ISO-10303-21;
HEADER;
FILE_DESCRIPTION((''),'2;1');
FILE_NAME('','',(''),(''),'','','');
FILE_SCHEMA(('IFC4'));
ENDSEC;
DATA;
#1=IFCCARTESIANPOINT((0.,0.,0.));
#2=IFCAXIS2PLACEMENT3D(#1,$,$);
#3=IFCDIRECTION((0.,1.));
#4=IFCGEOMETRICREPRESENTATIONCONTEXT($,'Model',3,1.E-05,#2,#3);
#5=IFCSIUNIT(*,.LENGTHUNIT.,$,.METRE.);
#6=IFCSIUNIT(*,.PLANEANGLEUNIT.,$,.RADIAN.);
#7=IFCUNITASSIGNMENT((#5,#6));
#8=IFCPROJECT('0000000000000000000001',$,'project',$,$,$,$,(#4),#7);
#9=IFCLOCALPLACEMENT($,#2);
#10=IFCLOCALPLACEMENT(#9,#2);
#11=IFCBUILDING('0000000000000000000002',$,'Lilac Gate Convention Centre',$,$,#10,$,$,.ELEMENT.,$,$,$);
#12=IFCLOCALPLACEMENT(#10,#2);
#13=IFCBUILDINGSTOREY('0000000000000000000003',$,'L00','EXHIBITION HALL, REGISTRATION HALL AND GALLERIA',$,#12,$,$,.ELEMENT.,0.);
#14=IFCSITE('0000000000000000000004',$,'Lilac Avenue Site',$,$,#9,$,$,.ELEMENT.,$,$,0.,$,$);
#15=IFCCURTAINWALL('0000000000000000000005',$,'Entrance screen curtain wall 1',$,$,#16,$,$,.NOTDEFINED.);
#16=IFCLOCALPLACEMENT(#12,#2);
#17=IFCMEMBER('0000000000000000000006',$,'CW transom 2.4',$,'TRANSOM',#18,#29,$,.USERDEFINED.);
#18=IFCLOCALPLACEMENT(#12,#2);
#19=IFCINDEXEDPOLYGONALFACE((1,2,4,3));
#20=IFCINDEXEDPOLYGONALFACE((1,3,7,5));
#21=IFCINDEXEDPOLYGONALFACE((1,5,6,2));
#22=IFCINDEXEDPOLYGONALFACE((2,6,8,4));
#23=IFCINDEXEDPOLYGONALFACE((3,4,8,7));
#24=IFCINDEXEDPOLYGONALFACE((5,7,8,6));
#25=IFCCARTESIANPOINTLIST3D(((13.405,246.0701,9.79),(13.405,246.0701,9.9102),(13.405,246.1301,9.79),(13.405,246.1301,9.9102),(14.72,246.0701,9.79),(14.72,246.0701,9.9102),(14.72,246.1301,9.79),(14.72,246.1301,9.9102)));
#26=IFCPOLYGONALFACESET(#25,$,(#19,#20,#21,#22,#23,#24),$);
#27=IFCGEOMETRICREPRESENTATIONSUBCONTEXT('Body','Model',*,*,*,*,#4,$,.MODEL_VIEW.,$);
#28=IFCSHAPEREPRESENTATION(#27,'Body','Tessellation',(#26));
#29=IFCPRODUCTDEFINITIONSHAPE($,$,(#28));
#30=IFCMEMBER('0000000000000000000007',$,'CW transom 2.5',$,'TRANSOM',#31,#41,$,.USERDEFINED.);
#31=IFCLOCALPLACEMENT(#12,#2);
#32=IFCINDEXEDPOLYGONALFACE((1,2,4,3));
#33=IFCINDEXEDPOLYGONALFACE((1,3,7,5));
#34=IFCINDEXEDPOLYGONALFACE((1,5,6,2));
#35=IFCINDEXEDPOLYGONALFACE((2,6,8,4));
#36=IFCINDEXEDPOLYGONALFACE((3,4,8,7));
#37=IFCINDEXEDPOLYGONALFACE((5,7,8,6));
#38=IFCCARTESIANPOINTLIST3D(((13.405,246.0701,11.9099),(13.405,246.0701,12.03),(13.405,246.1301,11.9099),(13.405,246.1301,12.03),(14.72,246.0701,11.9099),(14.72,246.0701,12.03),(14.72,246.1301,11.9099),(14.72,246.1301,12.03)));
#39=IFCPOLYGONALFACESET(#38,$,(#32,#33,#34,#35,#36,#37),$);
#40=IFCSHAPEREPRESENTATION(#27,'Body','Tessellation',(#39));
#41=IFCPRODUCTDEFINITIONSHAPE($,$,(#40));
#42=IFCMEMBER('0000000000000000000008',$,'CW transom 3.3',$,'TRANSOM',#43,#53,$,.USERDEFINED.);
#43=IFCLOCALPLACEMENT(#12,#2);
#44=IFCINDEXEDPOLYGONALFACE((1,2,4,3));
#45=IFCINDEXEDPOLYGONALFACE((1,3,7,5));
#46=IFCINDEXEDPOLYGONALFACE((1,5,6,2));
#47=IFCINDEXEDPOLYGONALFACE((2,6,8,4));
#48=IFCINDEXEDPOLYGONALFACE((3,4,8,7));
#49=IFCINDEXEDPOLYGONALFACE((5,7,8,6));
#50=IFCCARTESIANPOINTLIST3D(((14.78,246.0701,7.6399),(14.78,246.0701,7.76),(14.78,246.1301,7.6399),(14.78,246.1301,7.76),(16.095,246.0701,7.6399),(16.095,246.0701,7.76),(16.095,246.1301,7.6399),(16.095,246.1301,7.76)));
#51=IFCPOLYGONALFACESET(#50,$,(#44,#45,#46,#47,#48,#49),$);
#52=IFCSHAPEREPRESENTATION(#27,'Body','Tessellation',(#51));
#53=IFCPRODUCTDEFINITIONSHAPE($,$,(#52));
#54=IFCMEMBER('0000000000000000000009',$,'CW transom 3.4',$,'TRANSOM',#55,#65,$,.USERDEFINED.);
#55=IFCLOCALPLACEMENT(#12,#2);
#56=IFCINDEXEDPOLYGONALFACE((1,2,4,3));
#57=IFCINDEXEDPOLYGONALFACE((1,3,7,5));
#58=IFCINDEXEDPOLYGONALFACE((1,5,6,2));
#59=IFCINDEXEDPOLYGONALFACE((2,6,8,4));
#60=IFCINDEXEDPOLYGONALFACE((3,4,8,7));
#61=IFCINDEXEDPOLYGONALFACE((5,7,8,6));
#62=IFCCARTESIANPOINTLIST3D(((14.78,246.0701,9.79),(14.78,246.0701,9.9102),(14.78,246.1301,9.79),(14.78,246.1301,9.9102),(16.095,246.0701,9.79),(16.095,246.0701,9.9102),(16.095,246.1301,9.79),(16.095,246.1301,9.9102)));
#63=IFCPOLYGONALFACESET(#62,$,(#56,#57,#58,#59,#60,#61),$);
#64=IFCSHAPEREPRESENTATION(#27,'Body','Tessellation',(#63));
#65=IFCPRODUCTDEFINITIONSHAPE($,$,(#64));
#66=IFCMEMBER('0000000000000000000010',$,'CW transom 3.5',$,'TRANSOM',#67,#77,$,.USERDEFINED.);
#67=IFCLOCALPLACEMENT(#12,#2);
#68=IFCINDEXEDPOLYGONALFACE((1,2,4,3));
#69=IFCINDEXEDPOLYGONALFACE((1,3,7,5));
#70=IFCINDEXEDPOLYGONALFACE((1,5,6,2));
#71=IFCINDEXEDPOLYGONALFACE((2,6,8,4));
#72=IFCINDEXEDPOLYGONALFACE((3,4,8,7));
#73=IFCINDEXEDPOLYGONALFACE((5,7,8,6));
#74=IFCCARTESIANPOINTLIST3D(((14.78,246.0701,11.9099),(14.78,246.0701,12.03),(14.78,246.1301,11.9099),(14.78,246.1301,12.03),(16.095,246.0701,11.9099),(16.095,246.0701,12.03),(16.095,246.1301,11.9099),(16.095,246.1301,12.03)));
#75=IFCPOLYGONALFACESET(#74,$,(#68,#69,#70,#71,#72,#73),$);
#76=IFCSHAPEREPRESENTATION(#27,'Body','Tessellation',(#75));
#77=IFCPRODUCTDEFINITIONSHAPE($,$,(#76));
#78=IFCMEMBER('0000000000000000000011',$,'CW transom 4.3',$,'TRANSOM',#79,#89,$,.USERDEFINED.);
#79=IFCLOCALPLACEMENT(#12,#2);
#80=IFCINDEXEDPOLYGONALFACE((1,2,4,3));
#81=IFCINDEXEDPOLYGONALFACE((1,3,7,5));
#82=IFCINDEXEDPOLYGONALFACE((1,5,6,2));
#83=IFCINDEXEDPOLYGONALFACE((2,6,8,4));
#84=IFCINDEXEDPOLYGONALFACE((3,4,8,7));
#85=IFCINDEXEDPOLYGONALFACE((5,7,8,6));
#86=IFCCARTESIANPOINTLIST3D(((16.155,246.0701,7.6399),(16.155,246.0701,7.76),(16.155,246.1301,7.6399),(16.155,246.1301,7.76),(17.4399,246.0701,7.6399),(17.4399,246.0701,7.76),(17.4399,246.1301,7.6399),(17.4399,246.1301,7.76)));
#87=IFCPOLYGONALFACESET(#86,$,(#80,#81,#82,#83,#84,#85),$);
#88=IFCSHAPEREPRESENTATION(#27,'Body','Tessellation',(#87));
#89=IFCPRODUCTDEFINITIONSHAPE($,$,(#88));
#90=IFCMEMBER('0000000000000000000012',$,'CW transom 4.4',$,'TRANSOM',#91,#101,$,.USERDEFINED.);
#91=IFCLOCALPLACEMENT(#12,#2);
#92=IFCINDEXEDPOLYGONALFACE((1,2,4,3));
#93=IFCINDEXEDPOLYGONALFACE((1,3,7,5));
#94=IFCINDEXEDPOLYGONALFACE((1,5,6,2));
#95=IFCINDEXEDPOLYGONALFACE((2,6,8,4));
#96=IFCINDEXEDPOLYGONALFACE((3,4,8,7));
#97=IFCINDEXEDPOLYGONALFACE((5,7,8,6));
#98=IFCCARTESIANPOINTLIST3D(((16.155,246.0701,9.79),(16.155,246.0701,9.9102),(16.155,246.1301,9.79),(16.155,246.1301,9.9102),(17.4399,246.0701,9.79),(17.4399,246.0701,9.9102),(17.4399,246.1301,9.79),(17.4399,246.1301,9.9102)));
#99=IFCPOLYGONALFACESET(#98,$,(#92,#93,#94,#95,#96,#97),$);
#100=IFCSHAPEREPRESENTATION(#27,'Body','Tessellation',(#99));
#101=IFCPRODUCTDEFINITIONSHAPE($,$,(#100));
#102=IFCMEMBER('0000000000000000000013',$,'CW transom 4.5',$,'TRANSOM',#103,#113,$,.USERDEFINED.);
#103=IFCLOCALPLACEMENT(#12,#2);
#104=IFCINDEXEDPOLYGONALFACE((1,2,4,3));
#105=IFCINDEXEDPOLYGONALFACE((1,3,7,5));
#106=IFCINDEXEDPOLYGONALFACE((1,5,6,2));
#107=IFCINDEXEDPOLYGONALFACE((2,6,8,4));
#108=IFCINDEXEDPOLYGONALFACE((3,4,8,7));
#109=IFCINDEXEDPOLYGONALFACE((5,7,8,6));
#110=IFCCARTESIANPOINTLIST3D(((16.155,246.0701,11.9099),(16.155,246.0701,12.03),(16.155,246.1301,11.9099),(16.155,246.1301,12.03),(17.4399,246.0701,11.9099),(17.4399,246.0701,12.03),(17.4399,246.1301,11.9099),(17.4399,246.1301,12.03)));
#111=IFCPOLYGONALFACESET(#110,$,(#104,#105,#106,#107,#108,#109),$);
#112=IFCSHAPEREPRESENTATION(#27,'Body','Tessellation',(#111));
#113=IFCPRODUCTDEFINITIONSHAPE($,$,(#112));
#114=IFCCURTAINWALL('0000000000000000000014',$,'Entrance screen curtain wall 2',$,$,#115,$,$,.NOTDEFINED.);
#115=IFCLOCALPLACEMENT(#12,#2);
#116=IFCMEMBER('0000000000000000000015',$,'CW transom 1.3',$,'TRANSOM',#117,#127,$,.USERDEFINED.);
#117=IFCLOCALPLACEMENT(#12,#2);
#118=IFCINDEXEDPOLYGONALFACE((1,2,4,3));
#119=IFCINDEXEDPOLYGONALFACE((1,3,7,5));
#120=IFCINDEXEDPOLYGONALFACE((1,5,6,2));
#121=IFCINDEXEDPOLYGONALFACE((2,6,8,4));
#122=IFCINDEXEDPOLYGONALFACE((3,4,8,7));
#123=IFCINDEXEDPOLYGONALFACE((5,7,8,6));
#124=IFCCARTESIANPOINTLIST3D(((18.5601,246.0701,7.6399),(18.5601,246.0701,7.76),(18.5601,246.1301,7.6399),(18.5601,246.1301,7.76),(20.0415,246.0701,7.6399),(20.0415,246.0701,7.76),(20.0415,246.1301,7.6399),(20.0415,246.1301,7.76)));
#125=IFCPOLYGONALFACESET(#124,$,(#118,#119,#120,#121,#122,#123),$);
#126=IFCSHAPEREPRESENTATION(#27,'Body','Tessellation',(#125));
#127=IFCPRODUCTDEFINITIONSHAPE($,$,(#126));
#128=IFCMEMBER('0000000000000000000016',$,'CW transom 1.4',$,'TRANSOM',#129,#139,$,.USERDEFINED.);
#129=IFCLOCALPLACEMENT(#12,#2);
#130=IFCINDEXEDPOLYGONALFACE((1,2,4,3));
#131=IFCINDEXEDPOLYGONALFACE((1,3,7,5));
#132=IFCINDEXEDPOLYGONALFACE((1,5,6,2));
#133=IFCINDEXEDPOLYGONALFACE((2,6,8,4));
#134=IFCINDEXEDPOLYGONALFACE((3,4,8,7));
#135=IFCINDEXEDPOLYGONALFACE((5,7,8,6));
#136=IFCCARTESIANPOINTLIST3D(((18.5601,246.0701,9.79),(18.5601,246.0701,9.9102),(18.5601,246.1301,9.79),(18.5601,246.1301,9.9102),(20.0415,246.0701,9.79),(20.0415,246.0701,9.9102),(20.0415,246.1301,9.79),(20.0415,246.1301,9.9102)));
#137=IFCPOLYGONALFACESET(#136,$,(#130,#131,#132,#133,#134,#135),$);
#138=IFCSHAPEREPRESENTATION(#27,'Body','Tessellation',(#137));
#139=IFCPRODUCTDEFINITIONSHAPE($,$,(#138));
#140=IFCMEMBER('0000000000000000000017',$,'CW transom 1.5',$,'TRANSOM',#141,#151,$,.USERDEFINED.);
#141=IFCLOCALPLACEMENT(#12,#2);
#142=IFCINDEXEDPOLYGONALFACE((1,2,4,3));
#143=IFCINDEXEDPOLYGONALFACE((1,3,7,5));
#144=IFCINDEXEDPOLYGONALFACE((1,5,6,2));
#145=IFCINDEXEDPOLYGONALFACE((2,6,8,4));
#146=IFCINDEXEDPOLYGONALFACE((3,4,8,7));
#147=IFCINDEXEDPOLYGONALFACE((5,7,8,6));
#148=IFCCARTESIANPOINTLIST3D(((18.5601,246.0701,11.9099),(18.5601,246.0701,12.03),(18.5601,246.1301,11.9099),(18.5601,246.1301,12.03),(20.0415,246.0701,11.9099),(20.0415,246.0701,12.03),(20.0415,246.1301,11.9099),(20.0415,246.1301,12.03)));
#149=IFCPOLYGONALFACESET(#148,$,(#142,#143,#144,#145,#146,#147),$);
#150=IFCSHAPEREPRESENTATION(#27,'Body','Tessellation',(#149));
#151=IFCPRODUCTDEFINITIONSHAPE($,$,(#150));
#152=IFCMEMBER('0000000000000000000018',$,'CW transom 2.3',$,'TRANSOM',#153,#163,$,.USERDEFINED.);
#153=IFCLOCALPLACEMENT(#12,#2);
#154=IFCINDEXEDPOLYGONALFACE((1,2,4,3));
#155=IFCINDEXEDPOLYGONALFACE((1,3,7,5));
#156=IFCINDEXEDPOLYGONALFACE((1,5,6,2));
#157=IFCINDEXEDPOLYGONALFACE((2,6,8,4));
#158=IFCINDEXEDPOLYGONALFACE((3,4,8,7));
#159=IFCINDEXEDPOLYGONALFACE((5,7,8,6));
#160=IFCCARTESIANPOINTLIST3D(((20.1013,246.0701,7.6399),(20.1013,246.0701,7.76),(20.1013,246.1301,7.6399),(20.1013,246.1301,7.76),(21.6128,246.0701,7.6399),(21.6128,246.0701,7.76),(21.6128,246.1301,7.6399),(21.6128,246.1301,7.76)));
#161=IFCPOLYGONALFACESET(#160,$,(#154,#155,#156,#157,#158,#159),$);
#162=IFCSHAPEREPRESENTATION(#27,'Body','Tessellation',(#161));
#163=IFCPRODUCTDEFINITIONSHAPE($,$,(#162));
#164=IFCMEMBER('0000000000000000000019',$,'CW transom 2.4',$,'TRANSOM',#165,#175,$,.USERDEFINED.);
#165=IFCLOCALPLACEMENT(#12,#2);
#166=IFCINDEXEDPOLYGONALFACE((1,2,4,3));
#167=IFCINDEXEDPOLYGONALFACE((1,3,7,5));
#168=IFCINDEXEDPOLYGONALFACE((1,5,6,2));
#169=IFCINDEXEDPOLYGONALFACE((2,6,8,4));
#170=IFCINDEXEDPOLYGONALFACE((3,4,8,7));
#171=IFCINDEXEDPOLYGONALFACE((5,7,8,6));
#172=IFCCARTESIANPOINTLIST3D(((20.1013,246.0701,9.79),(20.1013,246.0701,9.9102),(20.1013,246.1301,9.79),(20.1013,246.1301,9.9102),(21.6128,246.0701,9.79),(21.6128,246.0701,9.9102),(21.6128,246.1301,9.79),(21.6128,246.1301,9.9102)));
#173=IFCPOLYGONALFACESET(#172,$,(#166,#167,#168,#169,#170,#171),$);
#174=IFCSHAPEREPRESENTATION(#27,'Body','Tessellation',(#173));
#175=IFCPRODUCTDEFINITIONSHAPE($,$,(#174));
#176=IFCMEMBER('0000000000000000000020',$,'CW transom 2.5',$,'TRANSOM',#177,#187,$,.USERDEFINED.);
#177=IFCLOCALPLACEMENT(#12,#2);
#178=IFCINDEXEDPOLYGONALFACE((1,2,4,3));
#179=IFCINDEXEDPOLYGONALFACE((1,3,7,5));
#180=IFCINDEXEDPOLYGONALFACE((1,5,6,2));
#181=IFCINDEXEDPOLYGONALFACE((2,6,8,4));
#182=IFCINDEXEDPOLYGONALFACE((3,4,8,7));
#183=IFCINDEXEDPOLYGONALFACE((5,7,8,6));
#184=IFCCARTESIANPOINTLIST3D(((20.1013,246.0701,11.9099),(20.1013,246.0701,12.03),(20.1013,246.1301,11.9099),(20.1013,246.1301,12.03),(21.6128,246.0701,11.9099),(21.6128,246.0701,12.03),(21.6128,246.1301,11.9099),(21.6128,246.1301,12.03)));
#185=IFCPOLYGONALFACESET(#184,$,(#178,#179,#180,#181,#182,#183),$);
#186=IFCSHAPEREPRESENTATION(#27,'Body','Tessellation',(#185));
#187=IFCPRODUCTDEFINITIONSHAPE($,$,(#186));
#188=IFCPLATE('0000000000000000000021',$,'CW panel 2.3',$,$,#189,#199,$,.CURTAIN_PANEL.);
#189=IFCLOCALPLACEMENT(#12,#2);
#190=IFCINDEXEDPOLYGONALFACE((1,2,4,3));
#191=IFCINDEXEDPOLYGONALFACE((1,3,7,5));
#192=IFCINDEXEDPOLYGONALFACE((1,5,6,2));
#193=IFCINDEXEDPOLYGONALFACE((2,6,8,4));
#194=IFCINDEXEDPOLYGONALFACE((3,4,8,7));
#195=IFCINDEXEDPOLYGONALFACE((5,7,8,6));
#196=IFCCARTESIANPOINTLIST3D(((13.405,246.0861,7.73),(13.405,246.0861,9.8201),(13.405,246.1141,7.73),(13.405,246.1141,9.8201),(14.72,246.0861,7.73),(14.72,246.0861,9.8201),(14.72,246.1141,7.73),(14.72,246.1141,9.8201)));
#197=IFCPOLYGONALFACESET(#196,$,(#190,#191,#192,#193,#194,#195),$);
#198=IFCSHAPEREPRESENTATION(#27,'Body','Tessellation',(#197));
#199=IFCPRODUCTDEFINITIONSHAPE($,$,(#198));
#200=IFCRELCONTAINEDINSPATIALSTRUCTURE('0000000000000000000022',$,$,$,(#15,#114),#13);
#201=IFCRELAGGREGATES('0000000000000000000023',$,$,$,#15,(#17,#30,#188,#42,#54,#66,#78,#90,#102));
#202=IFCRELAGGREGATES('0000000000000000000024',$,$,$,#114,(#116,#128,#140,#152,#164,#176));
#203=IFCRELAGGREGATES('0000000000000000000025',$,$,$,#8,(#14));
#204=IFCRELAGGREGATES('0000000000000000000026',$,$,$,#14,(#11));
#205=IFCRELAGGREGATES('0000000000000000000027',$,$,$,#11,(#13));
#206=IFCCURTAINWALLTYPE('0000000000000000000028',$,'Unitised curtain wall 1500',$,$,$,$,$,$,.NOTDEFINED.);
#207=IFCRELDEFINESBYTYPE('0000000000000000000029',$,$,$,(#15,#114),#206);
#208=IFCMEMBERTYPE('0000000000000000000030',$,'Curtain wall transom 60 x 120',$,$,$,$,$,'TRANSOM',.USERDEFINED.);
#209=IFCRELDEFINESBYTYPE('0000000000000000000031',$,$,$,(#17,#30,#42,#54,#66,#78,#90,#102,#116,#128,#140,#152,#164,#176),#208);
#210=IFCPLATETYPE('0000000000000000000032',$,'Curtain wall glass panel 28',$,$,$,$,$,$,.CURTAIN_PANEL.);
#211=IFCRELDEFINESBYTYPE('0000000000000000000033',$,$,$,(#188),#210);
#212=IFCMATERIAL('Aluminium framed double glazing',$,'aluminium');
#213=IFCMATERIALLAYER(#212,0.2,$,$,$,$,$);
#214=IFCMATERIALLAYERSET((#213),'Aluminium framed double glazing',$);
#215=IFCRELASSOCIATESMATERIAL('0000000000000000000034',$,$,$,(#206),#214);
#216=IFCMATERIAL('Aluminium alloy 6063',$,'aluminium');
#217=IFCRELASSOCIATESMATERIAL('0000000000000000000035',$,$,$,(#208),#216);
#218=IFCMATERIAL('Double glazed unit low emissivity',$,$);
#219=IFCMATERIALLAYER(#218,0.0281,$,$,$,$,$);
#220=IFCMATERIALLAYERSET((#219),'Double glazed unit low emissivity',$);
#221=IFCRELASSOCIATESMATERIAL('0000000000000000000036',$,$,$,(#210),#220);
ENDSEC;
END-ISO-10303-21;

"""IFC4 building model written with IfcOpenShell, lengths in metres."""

from ifc_helpers import new_model, si_unit, direction, frame, origin, origin_2d, place, context, subcontext, project, spatial, rectangle, extrude, material, layer, layer_set, material_profile, profile_set, type_object, element, aggregate, save


model = new_model("IFC4")

# Units and contexts
model_context = context("Model", 3, precision=1e-05, world=origin(), true_north=direction((0.0, 1.0)))
body_context = subcontext(model_context, "Body", "Model", "MODEL_VIEW")
ifc_project = project(units=[si_unit("LENGTHUNIT", "METRE"), si_unit("PLANEANGLEUNIT", "RADIAN")], contexts=[model_context])

# Site, building, storey
site_placement = place(None, origin())
site = spatial("IfcSite", under=ifc_project, at=site_placement, Name="Lilac Avenue Site", CompositionType="ELEMENT", RefElevation=0.0)
building_placement = place(site_placement, origin())
building = spatial("IfcBuilding", under=site, at=building_placement, Name="Lilac Gate Convention Centre", CompositionType="ELEMENT")
storey_placement = place(building_placement, origin())
storey = spatial("IfcBuildingStorey", under=building, at=storey_placement, Name="L00", Description="EXHIBITION HALL, REGISTRATION HALL AND GALLERIA", CompositionType="ELEMENT", Elevation=0.0)

# Curtain walls, members
ifc_material_1 = material(Name="Aluminium framed double glazing", Category="aluminium")
ifc_layer_1 = layer(ifc_material_1, 0.2)
ifc_layer_set_1 = layer_set([ifc_layer_1], Name="Aluminium framed double glazing")
curtain_wall_type = type_object("IfcCurtainWallType", Name="Unitised curtain wall 1500", PredefinedType="NOTDEFINED", material=ifc_layer_set_1)
curtain_wall_1_placement = place(storey_placement, origin())
curtain_wall_1 = element("IfcCurtainWall", 1, at=curtain_wall_1_placement, inside=storey, type_object=curtain_wall_type, Name="Entrance screen curtain wall 1", PredefinedType="NOTDEFINED")
ifc_material_2 = material(Name="Aluminium alloy 6063", Category="aluminium")
ifc_material_profile = material_profile(ifc_material_2, rectangle(XDim=0.0601, YDim=0.1201, at=origin_2d()), Name="Curtain wall transom 60 x 120")
ifc_profile_set = profile_set([ifc_material_profile], Name="Aluminium alloy 6063")
member_type = type_object("IfcMemberType", Name="Curtain wall transom 60 x 120", ElementType="TRANSOM", PredefinedType="USERDEFINED", material=ifc_profile_set)
member_1_placement = place(storey_placement, frame((13.405, 246.1001, 9.8501), z_axis=(1.0, 0.0, 0.0), x_axis=(0.0, 1.0, 0.0)))
member_1 = element("IfcMember", 2, at=member_1_placement, type_object=member_type, Name="CW transom 2.4", ObjectType="TRANSOM", PredefinedType="USERDEFINED", context=body_context, shape_type="SweptSolid", body=[
    extrude(rectangle(XDim=0.0601, YDim=0.1201, at=origin_2d()), origin(), (0.0, 0.0, 1.0), 1.3149),
])
member_2_placement = place(storey_placement, frame((13.405, 246.1001, 11.97), z_axis=(1.0, 0.0, 0.0), x_axis=(0.0, 1.0, 0.0)))
member_2 = element("IfcMember", 3, at=member_2_placement, type_object=member_type, Name="CW transom 2.5", ObjectType="TRANSOM", PredefinedType="USERDEFINED", context=body_context, shape_type="SweptSolid", body=[
    extrude(rectangle(XDim=0.0601, YDim=0.1201, at=origin_2d()), origin(), (0.0, 0.0, 1.0), 1.3149),
])
member_3_placement = place(storey_placement, frame((14.78, 246.1001, 7.7), z_axis=(1.0, 0.0, 0.0), x_axis=(0.0, 1.0, 0.0)))
member_3 = element("IfcMember", 4, at=member_3_placement, type_object=member_type, Name="CW transom 3.3", ObjectType="TRANSOM", PredefinedType="USERDEFINED", context=body_context, shape_type="SweptSolid", body=[
    extrude(rectangle(XDim=0.0601, YDim=0.1201, at=origin_2d()), origin(), (0.0, 0.0, 1.0), 1.3149),
])
member_4_placement = place(storey_placement, frame((14.78, 246.1001, 9.8501), z_axis=(1.0, 0.0, 0.0), x_axis=(0.0, 1.0, 0.0)))
member_4 = element("IfcMember", 5, at=member_4_placement, type_object=member_type, Name="CW transom 3.4", ObjectType="TRANSOM", PredefinedType="USERDEFINED", context=body_context, shape_type="SweptSolid", body=[
    extrude(rectangle(XDim=0.0601, YDim=0.1201, at=origin_2d()), origin(), (0.0, 0.0, 1.0), 1.3149),
])
member_5_placement = place(storey_placement, frame((14.78, 246.1001, 11.97), z_axis=(1.0, 0.0, 0.0), x_axis=(0.0, 1.0, 0.0)))
member_5 = element("IfcMember", 6, at=member_5_placement, type_object=member_type, Name="CW transom 3.5", ObjectType="TRANSOM", PredefinedType="USERDEFINED", context=body_context, shape_type="SweptSolid", body=[
    extrude(rectangle(XDim=0.0601, YDim=0.1201, at=origin_2d()), origin(), (0.0, 0.0, 1.0), 1.3149),
])
member_6_placement = place(storey_placement, frame((16.155, 246.1001, 7.7), z_axis=(1.0, 0.0, 0.0), x_axis=(0.0, 1.0, 0.0)))
member_6 = element("IfcMember", 7, at=member_6_placement, type_object=member_type, Name="CW transom 4.3", ObjectType="TRANSOM", PredefinedType="USERDEFINED", context=body_context, shape_type="SweptSolid", body=[
    extrude(rectangle(XDim=0.0601, YDim=0.1201, at=origin_2d()), origin(), (0.0, 0.0, 1.0), 1.2849),
])
member_7_placement = place(storey_placement, frame((16.155, 246.1001, 9.8501), z_axis=(1.0, 0.0, 0.0), x_axis=(0.0, 1.0, 0.0)))
member_7 = element("IfcMember", 8, at=member_7_placement, type_object=member_type, Name="CW transom 4.4", ObjectType="TRANSOM", PredefinedType="USERDEFINED", context=body_context, shape_type="SweptSolid", body=[
    extrude(rectangle(XDim=0.0601, YDim=0.1201, at=origin_2d()), origin(), (0.0, 0.0, 1.0), 1.2849),
])
member_8_placement = place(storey_placement, frame((16.155, 246.1001, 11.97), z_axis=(1.0, 0.0, 0.0), x_axis=(0.0, 1.0, 0.0)))
member_8 = element("IfcMember", 9, at=member_8_placement, type_object=member_type, Name="CW transom 4.5", ObjectType="TRANSOM", PredefinedType="USERDEFINED", context=body_context, shape_type="SweptSolid", body=[
    extrude(rectangle(XDim=0.0601, YDim=0.1201, at=origin_2d()), origin(), (0.0, 0.0, 1.0), 1.2849),
])
curtain_wall_2_placement = place(storey_placement, origin())
curtain_wall_2 = element("IfcCurtainWall", 10, at=curtain_wall_2_placement, inside=storey, type_object=curtain_wall_type, Name="Entrance screen curtain wall 2", PredefinedType="NOTDEFINED")
member_9_placement = place(storey_placement, frame((18.5601, 246.1001, 7.7), z_axis=(1.0, 0.0, 0.0), x_axis=(0.0, 1.0, 0.0)))
member_9 = element("IfcMember", 11, at=member_9_placement, type_object=member_type, Name="CW transom 1.3", ObjectType="TRANSOM", PredefinedType="USERDEFINED", context=body_context, shape_type="SweptSolid", body=[
    extrude(rectangle(XDim=0.0601, YDim=0.1201, at=origin_2d()), origin(), (0.0, 0.0, 1.0), 1.4814),
])
member_10_placement = place(storey_placement, frame((18.5601, 246.1001, 9.8501), z_axis=(1.0, 0.0, 0.0), x_axis=(0.0, 1.0, 0.0)))
member_10 = element("IfcMember", 12, at=member_10_placement, type_object=member_type, Name="CW transom 1.4", ObjectType="TRANSOM", PredefinedType="USERDEFINED", context=body_context, shape_type="SweptSolid", body=[
    extrude(rectangle(XDim=0.0601, YDim=0.1201, at=origin_2d()), origin(), (0.0, 0.0, 1.0), 1.4814),
])
member_11_placement = place(storey_placement, frame((18.5601, 246.1001, 11.97), z_axis=(1.0, 0.0, 0.0), x_axis=(0.0, 1.0, 0.0)))
member_11 = element("IfcMember", 13, at=member_11_placement, type_object=member_type, Name="CW transom 1.5", ObjectType="TRANSOM", PredefinedType="USERDEFINED", context=body_context, shape_type="SweptSolid", body=[
    extrude(rectangle(XDim=0.0601, YDim=0.1201, at=origin_2d()), origin(), (0.0, 0.0, 1.0), 1.4814),
])
member_12_placement = place(storey_placement, frame((20.1013, 246.1001, 7.7), z_axis=(1.0, 0.0, 0.0), x_axis=(0.0, 1.0, 0.0)))
member_12 = element("IfcMember", 14, at=member_12_placement, type_object=member_type, Name="CW transom 2.3", ObjectType="TRANSOM", PredefinedType="USERDEFINED", context=body_context, shape_type="SweptSolid", body=[
    extrude(rectangle(XDim=0.0601, YDim=0.1201, at=origin_2d()), origin(), (0.0, 0.0, 1.0), 1.5115),
])
member_13_placement = place(storey_placement, frame((20.1013, 246.1001, 9.8501), z_axis=(1.0, 0.0, 0.0), x_axis=(0.0, 1.0, 0.0)))
member_13 = element("IfcMember", 15, at=member_13_placement, type_object=member_type, Name="CW transom 2.4", ObjectType="TRANSOM", PredefinedType="USERDEFINED", context=body_context, shape_type="SweptSolid", body=[
    extrude(rectangle(XDim=0.0601, YDim=0.1201, at=origin_2d()), origin(), (0.0, 0.0, 1.0), 1.5115),
])
member_14_placement = place(storey_placement, frame((20.1013, 246.1001, 11.97), z_axis=(1.0, 0.0, 0.0), x_axis=(0.0, 1.0, 0.0)))
member_14 = element("IfcMember", 16, at=member_14_placement, type_object=member_type, Name="CW transom 2.5", ObjectType="TRANSOM", PredefinedType="USERDEFINED", context=body_context, shape_type="SweptSolid", body=[
    extrude(rectangle(XDim=0.0601, YDim=0.1201, at=origin_2d()), origin(), (0.0, 0.0, 1.0), 1.5115),
])

# Plate
ifc_material_3 = material(Name="Double glazed unit low emissivity")
ifc_layer_2 = layer(ifc_material_3, 0.0281)
ifc_layer_set_2 = layer_set([ifc_layer_2], Name="Double glazed unit low emissivity")
plate_type = type_object("IfcPlateType", Name="Curtain wall glass panel 28", PredefinedType="CURTAIN_PANEL", material=ifc_layer_set_2)
plate_1_placement = place(storey_placement, frame((14.0625, 246.1001, 7.73), z_axis=(0.0, 0.0, 1.0), x_axis=(1.0, 0.0, 0.0)))
plate_1 = element("IfcPlate", 17, at=plate_1_placement, type_object=plate_type, Name="CW panel 2.3", PredefinedType="CURTAIN_PANEL", context=body_context, shape_type="SweptSolid", body=[
    extrude(rectangle(XDim=1.3149, YDim=0.0281, at=origin_2d()), origin(), (0.0, 0.0, 1.0), 2.0901),
])
aggregate(curtain_wall_1, [member_1, member_2, plate_1, member_3, member_4, member_5, member_6, member_7, member_8])
aggregate(curtain_wall_2, [member_9, member_10, member_11, member_12, member_13, member_14])

save(model, "model.ifc")
